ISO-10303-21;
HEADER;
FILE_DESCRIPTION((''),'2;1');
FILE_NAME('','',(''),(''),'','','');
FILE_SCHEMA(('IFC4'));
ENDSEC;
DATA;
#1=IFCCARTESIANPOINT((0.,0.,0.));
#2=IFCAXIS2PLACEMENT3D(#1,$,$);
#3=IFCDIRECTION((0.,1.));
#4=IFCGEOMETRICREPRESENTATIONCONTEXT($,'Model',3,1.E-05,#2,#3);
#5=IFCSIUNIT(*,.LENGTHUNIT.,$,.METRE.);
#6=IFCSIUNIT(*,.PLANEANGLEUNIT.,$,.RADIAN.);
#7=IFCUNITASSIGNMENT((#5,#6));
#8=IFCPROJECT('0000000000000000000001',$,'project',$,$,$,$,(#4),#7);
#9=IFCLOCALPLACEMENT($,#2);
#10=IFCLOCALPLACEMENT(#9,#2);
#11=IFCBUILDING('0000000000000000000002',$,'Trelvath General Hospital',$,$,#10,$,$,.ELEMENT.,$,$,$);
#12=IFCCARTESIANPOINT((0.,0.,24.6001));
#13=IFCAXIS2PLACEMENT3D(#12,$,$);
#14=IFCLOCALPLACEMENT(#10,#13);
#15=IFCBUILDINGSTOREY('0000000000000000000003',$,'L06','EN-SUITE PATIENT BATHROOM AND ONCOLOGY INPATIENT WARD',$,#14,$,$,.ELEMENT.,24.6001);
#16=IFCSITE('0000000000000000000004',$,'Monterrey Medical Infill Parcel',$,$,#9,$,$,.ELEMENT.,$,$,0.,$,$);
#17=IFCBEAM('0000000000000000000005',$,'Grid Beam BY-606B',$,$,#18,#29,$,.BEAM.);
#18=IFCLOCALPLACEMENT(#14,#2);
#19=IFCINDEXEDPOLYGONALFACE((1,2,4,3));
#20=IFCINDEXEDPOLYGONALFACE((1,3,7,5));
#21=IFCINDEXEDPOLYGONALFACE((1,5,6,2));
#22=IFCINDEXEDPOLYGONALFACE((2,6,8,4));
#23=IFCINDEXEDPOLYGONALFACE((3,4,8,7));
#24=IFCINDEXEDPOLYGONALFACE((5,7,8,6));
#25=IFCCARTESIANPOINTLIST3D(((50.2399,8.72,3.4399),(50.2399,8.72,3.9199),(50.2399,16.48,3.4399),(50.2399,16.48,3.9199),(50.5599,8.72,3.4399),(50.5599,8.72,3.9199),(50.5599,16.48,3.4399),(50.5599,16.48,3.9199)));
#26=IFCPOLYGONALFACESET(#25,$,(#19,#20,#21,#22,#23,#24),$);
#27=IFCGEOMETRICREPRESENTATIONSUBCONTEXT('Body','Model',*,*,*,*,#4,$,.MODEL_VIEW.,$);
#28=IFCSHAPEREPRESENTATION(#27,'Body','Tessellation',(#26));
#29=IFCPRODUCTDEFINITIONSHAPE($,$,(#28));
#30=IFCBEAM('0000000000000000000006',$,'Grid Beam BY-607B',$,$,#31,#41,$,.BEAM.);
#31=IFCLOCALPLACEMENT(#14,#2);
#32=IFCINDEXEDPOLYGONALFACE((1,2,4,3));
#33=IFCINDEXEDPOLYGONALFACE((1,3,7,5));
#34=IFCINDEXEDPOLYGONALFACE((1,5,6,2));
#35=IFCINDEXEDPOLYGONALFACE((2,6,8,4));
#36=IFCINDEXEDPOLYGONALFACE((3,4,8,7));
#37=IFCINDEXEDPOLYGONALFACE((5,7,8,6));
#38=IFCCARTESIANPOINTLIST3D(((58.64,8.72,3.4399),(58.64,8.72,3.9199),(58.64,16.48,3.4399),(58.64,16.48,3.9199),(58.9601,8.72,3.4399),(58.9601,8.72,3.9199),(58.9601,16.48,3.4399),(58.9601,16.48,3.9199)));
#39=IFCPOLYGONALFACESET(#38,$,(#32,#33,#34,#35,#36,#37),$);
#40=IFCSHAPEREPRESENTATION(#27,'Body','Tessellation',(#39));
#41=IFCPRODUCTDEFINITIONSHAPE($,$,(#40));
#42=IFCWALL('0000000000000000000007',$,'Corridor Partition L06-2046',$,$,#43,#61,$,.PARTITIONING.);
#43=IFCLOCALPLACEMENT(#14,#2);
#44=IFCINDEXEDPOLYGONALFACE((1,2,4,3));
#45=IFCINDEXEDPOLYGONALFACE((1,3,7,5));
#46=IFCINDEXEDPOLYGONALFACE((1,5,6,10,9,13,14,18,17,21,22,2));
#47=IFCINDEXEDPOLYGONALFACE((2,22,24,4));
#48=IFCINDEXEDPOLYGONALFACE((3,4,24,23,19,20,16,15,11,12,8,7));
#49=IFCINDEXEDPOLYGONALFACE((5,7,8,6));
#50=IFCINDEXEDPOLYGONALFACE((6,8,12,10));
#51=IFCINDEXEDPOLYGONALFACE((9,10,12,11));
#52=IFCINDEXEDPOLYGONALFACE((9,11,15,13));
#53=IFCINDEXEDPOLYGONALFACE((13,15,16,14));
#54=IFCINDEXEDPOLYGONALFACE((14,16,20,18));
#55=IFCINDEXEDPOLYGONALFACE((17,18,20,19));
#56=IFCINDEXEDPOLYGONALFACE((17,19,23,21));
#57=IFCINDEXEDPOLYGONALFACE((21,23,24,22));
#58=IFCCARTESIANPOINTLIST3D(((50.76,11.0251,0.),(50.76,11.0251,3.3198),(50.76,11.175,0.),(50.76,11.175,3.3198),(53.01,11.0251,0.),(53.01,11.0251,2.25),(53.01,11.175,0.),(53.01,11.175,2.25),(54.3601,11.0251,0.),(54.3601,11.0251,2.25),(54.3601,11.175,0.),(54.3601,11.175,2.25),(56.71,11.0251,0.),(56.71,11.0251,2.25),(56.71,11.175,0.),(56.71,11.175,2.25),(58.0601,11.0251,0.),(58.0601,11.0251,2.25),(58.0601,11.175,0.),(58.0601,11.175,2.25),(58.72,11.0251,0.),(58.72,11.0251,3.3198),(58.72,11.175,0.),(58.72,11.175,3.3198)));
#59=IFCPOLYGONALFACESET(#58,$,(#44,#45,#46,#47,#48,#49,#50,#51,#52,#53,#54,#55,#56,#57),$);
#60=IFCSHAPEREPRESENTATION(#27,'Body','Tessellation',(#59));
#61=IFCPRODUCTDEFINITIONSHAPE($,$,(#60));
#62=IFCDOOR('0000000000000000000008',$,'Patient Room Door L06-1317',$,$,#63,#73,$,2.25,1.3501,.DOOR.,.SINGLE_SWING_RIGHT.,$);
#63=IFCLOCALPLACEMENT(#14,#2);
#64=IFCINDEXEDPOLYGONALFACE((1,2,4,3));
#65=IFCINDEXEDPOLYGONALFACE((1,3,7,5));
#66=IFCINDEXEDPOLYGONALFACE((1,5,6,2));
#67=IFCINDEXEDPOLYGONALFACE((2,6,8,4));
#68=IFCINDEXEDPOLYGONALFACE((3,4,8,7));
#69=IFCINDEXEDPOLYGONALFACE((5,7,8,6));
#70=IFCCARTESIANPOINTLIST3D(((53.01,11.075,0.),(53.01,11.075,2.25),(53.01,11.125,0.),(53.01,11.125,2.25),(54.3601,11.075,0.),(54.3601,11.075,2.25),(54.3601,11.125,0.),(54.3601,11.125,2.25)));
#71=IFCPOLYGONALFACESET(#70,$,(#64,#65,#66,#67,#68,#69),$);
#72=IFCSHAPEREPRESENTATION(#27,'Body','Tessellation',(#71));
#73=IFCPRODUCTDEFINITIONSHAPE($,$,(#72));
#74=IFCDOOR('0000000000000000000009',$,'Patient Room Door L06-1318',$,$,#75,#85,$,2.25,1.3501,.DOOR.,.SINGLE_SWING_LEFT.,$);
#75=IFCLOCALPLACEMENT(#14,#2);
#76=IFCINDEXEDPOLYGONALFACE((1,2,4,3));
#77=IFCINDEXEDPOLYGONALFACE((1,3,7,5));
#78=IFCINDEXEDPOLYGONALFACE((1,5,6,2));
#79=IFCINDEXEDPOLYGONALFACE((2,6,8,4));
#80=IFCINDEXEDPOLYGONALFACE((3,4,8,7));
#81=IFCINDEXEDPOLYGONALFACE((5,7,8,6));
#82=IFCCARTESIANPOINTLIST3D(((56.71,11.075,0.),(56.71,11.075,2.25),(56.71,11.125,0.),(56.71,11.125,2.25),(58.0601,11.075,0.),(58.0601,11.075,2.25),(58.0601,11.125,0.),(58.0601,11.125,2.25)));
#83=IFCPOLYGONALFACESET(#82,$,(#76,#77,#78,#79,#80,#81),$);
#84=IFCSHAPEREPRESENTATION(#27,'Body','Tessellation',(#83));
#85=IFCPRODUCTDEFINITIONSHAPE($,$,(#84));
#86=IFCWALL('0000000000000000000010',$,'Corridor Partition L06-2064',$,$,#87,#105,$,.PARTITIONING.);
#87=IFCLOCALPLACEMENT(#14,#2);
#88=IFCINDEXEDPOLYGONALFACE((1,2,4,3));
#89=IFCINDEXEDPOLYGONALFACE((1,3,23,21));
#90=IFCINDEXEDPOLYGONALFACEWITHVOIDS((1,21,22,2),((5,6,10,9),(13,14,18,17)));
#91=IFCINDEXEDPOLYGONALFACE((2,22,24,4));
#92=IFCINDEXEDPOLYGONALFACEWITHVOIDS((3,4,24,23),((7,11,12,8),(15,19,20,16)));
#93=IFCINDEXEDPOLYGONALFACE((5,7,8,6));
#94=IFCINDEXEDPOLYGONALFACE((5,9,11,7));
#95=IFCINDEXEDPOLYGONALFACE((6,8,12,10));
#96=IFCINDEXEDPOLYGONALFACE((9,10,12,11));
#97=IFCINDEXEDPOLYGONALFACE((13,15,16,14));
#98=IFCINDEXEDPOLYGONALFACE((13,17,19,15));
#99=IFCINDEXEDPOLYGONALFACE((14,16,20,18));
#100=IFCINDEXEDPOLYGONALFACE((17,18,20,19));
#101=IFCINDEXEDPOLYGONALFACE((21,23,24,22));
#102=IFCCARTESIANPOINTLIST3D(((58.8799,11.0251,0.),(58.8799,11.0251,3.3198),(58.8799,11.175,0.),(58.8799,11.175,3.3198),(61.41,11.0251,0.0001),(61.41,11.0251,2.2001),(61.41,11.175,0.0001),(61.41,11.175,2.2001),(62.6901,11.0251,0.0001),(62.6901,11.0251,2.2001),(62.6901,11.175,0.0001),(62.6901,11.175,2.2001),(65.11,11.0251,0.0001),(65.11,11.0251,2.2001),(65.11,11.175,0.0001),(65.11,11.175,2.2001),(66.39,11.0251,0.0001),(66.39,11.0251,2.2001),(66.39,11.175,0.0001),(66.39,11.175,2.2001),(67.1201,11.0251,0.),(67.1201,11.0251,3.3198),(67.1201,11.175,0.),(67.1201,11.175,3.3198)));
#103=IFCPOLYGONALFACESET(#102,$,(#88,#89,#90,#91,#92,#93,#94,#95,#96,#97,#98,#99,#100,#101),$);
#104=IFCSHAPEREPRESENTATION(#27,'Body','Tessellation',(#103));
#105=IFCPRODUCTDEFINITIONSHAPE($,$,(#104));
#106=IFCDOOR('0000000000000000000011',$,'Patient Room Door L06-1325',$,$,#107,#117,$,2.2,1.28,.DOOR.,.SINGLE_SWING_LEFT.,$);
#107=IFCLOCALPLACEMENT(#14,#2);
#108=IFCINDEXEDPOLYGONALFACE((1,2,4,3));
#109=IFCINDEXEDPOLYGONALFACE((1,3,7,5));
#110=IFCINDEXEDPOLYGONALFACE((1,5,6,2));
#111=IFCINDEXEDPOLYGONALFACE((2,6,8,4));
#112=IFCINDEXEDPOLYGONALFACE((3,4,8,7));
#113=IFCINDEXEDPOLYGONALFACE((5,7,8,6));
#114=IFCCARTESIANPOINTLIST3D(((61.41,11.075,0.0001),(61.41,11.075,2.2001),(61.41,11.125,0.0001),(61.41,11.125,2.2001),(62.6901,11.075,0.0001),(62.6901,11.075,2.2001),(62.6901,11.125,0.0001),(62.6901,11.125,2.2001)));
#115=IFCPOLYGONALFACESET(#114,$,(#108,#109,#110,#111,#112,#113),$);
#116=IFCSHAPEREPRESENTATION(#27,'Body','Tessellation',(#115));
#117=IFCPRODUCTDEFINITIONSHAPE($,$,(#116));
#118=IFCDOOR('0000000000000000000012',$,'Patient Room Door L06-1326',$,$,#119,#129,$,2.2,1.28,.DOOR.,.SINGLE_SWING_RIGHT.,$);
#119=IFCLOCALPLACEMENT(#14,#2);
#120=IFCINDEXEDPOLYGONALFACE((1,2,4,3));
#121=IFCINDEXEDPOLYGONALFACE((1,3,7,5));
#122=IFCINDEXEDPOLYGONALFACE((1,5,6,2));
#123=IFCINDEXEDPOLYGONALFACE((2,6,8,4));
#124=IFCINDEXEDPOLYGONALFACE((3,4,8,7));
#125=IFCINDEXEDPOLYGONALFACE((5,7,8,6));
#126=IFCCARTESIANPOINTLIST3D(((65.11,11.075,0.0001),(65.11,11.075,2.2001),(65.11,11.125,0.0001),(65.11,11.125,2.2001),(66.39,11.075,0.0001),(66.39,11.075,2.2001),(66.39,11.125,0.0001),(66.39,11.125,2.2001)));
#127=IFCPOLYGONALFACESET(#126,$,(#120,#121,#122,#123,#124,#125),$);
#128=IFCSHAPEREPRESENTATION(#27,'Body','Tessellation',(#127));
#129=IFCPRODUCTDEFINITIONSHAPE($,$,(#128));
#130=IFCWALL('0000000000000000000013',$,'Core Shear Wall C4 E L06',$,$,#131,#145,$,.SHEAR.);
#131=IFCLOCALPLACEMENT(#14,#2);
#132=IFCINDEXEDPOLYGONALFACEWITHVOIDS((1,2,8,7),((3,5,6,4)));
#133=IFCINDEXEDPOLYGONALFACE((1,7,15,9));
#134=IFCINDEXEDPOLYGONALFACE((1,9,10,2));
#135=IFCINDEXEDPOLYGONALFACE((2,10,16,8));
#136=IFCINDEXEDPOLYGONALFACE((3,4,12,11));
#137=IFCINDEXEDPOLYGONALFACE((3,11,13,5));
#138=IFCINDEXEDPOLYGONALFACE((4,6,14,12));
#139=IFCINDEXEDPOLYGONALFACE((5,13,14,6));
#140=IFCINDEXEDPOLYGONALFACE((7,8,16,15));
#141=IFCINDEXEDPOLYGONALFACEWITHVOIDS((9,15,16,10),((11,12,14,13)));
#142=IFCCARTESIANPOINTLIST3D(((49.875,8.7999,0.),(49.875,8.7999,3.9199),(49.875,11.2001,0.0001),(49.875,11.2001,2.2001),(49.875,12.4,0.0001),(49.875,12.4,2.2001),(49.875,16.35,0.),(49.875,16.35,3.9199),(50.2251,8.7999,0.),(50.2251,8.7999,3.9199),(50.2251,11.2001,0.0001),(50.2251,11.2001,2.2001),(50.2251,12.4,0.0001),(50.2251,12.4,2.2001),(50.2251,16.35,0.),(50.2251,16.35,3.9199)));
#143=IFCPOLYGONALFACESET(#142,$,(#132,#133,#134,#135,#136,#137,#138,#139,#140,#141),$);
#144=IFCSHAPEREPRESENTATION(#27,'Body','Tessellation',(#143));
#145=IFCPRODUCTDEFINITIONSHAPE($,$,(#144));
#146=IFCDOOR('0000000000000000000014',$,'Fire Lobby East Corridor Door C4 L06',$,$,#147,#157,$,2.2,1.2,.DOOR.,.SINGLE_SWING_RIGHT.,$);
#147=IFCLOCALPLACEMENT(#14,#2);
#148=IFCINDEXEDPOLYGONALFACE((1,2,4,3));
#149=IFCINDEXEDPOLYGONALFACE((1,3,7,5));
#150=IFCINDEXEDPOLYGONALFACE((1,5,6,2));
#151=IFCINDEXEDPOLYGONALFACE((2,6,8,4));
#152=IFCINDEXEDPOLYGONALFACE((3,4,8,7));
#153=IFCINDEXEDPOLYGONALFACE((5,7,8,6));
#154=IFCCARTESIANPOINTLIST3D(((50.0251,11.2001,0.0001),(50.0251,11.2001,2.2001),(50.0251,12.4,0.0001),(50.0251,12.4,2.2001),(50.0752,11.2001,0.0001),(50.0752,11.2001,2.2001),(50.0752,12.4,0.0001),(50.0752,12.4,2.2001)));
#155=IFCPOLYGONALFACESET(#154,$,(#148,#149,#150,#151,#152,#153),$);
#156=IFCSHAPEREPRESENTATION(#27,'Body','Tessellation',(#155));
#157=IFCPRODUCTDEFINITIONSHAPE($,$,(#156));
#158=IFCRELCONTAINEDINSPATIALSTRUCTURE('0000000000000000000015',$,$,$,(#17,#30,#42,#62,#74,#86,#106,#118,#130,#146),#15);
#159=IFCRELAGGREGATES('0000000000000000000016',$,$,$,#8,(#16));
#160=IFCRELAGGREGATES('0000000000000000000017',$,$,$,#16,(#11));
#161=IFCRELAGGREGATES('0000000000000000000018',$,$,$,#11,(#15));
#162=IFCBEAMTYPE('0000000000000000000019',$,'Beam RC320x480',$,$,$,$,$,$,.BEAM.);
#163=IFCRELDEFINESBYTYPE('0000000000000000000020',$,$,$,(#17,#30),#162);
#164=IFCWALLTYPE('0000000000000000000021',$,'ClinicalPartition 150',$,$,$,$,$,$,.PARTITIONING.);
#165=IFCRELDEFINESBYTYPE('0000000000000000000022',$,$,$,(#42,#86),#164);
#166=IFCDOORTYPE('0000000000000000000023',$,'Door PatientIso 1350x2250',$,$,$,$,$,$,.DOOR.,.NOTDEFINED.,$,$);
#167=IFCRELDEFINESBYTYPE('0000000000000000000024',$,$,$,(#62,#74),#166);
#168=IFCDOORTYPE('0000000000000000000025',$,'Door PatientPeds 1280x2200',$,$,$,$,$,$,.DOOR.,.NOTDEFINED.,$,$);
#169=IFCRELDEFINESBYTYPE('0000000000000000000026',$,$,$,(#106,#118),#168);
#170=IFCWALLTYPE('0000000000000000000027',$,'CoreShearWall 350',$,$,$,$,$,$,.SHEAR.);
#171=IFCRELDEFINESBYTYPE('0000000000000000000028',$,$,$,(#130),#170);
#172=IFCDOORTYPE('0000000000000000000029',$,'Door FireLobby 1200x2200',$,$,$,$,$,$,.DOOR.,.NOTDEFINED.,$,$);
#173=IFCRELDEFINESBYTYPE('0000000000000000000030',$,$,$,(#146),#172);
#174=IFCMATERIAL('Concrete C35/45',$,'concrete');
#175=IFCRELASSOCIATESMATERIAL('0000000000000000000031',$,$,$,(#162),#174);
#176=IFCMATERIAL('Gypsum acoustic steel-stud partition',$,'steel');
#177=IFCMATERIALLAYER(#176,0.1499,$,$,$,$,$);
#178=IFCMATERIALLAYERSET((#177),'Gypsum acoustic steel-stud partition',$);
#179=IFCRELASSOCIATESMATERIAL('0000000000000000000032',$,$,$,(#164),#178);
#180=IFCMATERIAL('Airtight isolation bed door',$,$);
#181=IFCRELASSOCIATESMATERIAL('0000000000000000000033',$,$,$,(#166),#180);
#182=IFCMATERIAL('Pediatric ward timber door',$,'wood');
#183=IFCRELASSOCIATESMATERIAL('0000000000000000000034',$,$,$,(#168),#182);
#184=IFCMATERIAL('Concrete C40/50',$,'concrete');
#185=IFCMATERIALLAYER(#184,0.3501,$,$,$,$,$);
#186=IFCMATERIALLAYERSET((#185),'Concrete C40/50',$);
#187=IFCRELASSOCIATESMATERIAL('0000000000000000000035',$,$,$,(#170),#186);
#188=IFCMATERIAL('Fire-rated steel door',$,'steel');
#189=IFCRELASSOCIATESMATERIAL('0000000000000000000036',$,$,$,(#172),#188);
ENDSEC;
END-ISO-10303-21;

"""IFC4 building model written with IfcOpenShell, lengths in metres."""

from ifc_helpers import new_model, si_unit, direction, frame, frame_2d, origin, origin_2d, place, context, subcontext, project, spatial, rectangle, extrude, material, layer, layer_set, material_profile, profile_set, type_object, element, fill, save


model = new_model("IFC4")

# Units and contexts
model_context = context("Model", 3, precision=1e-05, world=origin(), true_north=direction((0.0, 1.0)))
body_context = subcontext(model_context, "Body", "Model", "MODEL_VIEW")
ifc_project = project(units=[si_unit("LENGTHUNIT", "METRE"), si_unit("PLANEANGLEUNIT", "RADIAN")], contexts=[model_context])

# Site, building, storey
site_placement = place(None, origin())
site = spatial("IfcSite", under=ifc_project, at=site_placement, Name="Monterrey Medical Infill Parcel", CompositionType="ELEMENT", RefElevation=0.0)
building_placement = place(site_placement, origin())
building = spatial("IfcBuilding", under=site, at=building_placement, Name="Trelvath General Hospital", CompositionType="ELEMENT")
storey_placement = place(building_placement, frame((0.0, 0.0, 24.6001)))
storey = spatial("IfcBuildingStorey", under=building, at=storey_placement, Name="L06", Description="EN-SUITE PATIENT BATHROOM AND ONCOLOGY INPATIENT WARD", CompositionType="ELEMENT", Elevation=24.6001)

# Beams
ifc_material_1 = material(Name="Concrete C35/45", Category="concrete")
ifc_material_profile = material_profile(ifc_material_1, rectangle(XDim=0.3201, YDim=0.48, at=origin_2d()), Name="RCB320x480")
ifc_profile_set = profile_set([ifc_material_profile], Name="Concrete C35/45")
beam_type = type_object("IfcBeamType", Name="Beam RC320x480", PredefinedType="BEAM", material=ifc_profile_set)
for number, where, z_axis, x_axis, name in (
    (1, (50.3999, 8.72, 3.6799), (0.0, 1.0, 0.0), (-1.0, 0.0, 0.0), "Grid Beam BY-606B"),
    (2, (58.8, 8.72, 3.6799), (0.0, 1.0, 0.0), (-1.0, 0.0, 0.0), "Grid Beam BY-607B"),
):
    element("IfcBeam", number, at=place(storey_placement, frame(where, z_axis=z_axis, x_axis=x_axis)), inside=storey, type_object=beam_type, Name=name, PredefinedType="BEAM", context=body_context, shape_type="SweptSolid", body=[
        extrude(rectangle(XDim=0.3201, YDim=0.48, at=origin_2d()), origin(), (0.0, 0.0, 1.0), 7.76),
    ])

# Walls, openings, doors
ifc_material_2 = material(Name="Gypsum acoustic steel-stud partition", Category="steel")
ifc_layer_1 = layer(ifc_material_2, 0.1499)
ifc_layer_set_1 = layer_set([ifc_layer_1], Name="Gypsum acoustic steel-stud partition")
wall_type_1 = type_object("IfcWallType", Name="ClinicalPartition 150", PredefinedType="PARTITIONING", material=ifc_layer_set_1)
wall_1_placement = place(storey_placement, frame((50.76, 11.1001, 0.0), z_axis=(0.0, 0.0, 1.0), x_axis=(1.0, 0.0, 0.0)))
wall_1 = element("IfcWall", 3, at=wall_1_placement, inside=storey, type_object=wall_type_1, Name="Corridor Partition L06-2046", PredefinedType="PARTITIONING", context=body_context, shape_type="SweptSolid", body=[
    extrude(rectangle(XDim=7.96, YDim=0.1499, at=frame_2d((3.98, 0.0))), origin(), (0.0, 0.0, 1.0), 3.3198),
])
opening_1_placement = place(wall_1_placement, frame((2.25, 0.0, 0.0)))
opening_1 = element("IfcOpeningElement", 4, at=opening_1_placement, cuts=wall_1, PredefinedType="OPENING", context=body_context, shape_type="SweptSolid", body=[
    extrude(rectangle(XDim=1.3501, YDim=2.25, at=frame_2d((0.675, 1.125))), frame((0.0, 0.085, 0.0), z_axis=(0.0, -1.0, 0.0), x_axis=(1.0, 0.0, 0.0)), (0.0, 0.0, 1.0), 0.1699),
])
opening_2_placement = place(wall_1_placement, frame((5.95, 0.0, 0.0)))
opening_2 = element("IfcOpeningElement", 5, at=opening_2_placement, cuts=wall_1, PredefinedType="OPENING", context=body_context, shape_type="SweptSolid", body=[
    extrude(rectangle(XDim=1.3501, YDim=2.25, at=frame_2d((0.675, 1.125))), frame((0.0, 0.085, 0.0), z_axis=(0.0, -1.0, 0.0), x_axis=(1.0, 0.0, 0.0)), (0.0, 0.0, 1.0), 0.1699),
])
ifc_material_3 = material(Name="Airtight isolation bed door")
door_type_1 = type_object("IfcDoorType", Name="Door PatientIso 1350x2250", OperationType="NOTDEFINED", PredefinedType="DOOR", material=ifc_material_3)
door_1_placement = place(opening_1_placement, origin())
door_1 = element("IfcDoor", 6, at=door_1_placement, inside=storey, type_object=door_type_1, Name="Patient Room Door L06-1317", OperationType="SINGLE_SWING_RIGHT", OverallHeight=2.25, OverallWidth=1.3501, PredefinedType="DOOR", context=body_context, shape_type="SweptSolid", body=[
    extrude(rectangle(XDim=1.3501, YDim=2.25, at=frame_2d((0.675, 1.125))), frame((0.0, 0.0249, 0.0), z_axis=(0.0, -1.0, 0.0), x_axis=(1.0, 0.0, 0.0)), (0.0, 0.0, 1.0), 0.05),
])
fill(opening_1, door_1)
door_2_placement = place(opening_2_placement, origin())
door_2 = element("IfcDoor", 7, at=door_2_placement, inside=storey, type_object=door_type_1, Name="Patient Room Door L06-1318", OperationType="SINGLE_SWING_LEFT", OverallHeight=2.25, OverallWidth=1.3501, PredefinedType="DOOR", context=body_context, shape_type="SweptSolid", body=[
    extrude(rectangle(XDim=1.3501, YDim=2.25, at=frame_2d((0.675, 1.125))), frame((0.0, 0.0249, 0.0), z_axis=(0.0, -1.0, 0.0), x_axis=(1.0, 0.0, 0.0)), (0.0, 0.0, 1.0), 0.05),
])
fill(opening_2, door_2)
wall_2_placement = place(storey_placement, frame((58.8799, 11.1001, 0.0), z_axis=(0.0, 0.0, 1.0), x_axis=(1.0, 0.0, 0.0)))
wall_2 = element("IfcWall", 8, at=wall_2_placement, inside=storey, type_object=wall_type_1, Name="Corridor Partition L06-2064", PredefinedType="PARTITIONING", context=body_context, shape_type="SweptSolid", body=[
    extrude(rectangle(XDim=8.2402, YDim=0.1499, at=frame_2d((4.1201, 0.0))), origin(), (0.0, 0.0, 1.0), 3.3198),
])
opening_3_placement = place(wall_2_placement, frame((2.53, 0.0, 0.0)))
opening_3 = element("IfcOpeningElement", 9, at=opening_3_placement, cuts=wall_2, PredefinedType="OPENING", context=body_context, shape_type="SweptSolid", body=[
    extrude(rectangle(XDim=1.28, YDim=2.2, at=frame_2d((0.6401, 1.1001))), frame((0.0, 0.085, 0.0), z_axis=(0.0, -1.0, 0.0), x_axis=(1.0, 0.0, 0.0)), (0.0, 0.0, 1.0), 0.1699),
])
opening_4_placement = place(wall_2_placement, frame((6.23, 0.0, 0.0)))
opening_4 = element("IfcOpeningElement", 10, at=opening_4_placement, cuts=wall_2, PredefinedType="OPENING", context=body_context, shape_type="SweptSolid", body=[
    extrude(rectangle(XDim=1.28, YDim=2.2, at=frame_2d((0.6401, 1.1001))), frame((0.0, 0.085, 0.0), z_axis=(0.0, -1.0, 0.0), x_axis=(1.0, 0.0, 0.0)), (0.0, 0.0, 1.0), 0.1699),
])
ifc_material_4 = material(Name="Pediatric ward timber door", Category="wood")
door_type_2 = type_object("IfcDoorType", Name="Door PatientPeds 1280x2200", OperationType="NOTDEFINED", PredefinedType="DOOR", material=ifc_material_4)
door_3_placement = place(opening_3_placement, origin())
door_3 = element("IfcDoor", 11, at=door_3_placement, inside=storey, type_object=door_type_2, Name="Patient Room Door L06-1325", OperationType="SINGLE_SWING_LEFT", OverallHeight=2.2, OverallWidth=1.28, PredefinedType="DOOR", context=body_context, shape_type="SweptSolid", body=[
    extrude(rectangle(XDim=1.28, YDim=2.2, at=frame_2d((0.6401, 1.1001))), frame((0.0, 0.0249, 0.0), z_axis=(0.0, -1.0, 0.0), x_axis=(1.0, 0.0, 0.0)), (0.0, 0.0, 1.0), 0.05),
])
fill(opening_3, door_3)
door_4_placement = place(opening_4_placement, origin())
door_4 = element("IfcDoor", 12, at=door_4_placement, inside=storey, type_object=door_type_2, Name="Patient Room Door L06-1326", OperationType="SINGLE_SWING_RIGHT", OverallHeight=2.2, OverallWidth=1.28, PredefinedType="DOOR", context=body_context, shape_type="SweptSolid", body=[
    extrude(rectangle(XDim=1.28, YDim=2.2, at=frame_2d((0.6401, 1.1001))), frame((0.0, 0.0249, 0.0), z_axis=(0.0, -1.0, 0.0), x_axis=(1.0, 0.0, 0.0)), (0.0, 0.0, 1.0), 0.05),
])
fill(opening_4, door_4)

# Wall, opening, door
ifc_material_5 = material(Name="Concrete C40/50", Category="concrete")
ifc_layer_2 = layer(ifc_material_5, 0.3501)
ifc_layer_set_2 = layer_set([ifc_layer_2], Name="Concrete C40/50")
wall_type_2 = type_object("IfcWallType", Name="CoreShearWall 350", PredefinedType="SHEAR", material=ifc_layer_set_2)
wall_3_placement = place(storey_placement, frame((50.05, 8.8, 0.0), z_axis=(0.0, 0.0, 1.0), x_axis=(0.0, 1.0, 0.0)))
wall_3 = element("IfcWall", 13, at=wall_3_placement, inside=storey, type_object=wall_type_2, Name="Core Shear Wall C4 E L06", PredefinedType="SHEAR", context=body_context, shape_type="SweptSolid", body=[
    extrude(rectangle(XDim=7.55, YDim=0.3501, at=frame_2d((3.7749, 0.0))), origin(), (0.0, 0.0, 1.0), 3.9199),
])
opening_5_placement = place(wall_3_placement, frame((2.3999, 0.0, 0.0)))
opening_5 = element("IfcOpeningElement", 14, at=opening_5_placement, cuts=wall_3, PredefinedType="OPENING", context=body_context, shape_type="SweptSolid", body=[
    extrude(rectangle(XDim=1.2, YDim=2.2, at=frame_2d((0.6001, 1.1001))), frame((0.0, 0.1851, 0.0), z_axis=(0.0, -1.0, 0.0), x_axis=(1.0, 0.0, 0.0)), (0.0, 0.0, 1.0), 0.3701),
])
ifc_material_6 = material(Name="Fire-rated steel door", Category="steel")
door_type_3 = type_object("IfcDoorType", Name="Door FireLobby 1200x2200", OperationType="NOTDEFINED", PredefinedType="DOOR", material=ifc_material_6)
door_5_placement = place(opening_5_placement, origin())
door_5 = element("IfcDoor", 15, at=door_5_placement, inside=storey, type_object=door_type_3, Name="Fire Lobby East Corridor Door C4 L06", OperationType="SINGLE_SWING_RIGHT", OverallHeight=2.2, OverallWidth=1.2, PredefinedType="DOOR", context=body_context, shape_type="SweptSolid", body=[
    extrude(rectangle(XDim=1.2, YDim=2.2, at=frame_2d((0.6001, 1.1001))), frame((0.0, 0.0249, 0.0), z_axis=(0.0, -1.0, 0.0), x_axis=(1.0, 0.0, 0.0)), (0.0, 0.0, 1.0), 0.05),
])
fill(opening_5, door_5)

save(model, "model.ifc")
